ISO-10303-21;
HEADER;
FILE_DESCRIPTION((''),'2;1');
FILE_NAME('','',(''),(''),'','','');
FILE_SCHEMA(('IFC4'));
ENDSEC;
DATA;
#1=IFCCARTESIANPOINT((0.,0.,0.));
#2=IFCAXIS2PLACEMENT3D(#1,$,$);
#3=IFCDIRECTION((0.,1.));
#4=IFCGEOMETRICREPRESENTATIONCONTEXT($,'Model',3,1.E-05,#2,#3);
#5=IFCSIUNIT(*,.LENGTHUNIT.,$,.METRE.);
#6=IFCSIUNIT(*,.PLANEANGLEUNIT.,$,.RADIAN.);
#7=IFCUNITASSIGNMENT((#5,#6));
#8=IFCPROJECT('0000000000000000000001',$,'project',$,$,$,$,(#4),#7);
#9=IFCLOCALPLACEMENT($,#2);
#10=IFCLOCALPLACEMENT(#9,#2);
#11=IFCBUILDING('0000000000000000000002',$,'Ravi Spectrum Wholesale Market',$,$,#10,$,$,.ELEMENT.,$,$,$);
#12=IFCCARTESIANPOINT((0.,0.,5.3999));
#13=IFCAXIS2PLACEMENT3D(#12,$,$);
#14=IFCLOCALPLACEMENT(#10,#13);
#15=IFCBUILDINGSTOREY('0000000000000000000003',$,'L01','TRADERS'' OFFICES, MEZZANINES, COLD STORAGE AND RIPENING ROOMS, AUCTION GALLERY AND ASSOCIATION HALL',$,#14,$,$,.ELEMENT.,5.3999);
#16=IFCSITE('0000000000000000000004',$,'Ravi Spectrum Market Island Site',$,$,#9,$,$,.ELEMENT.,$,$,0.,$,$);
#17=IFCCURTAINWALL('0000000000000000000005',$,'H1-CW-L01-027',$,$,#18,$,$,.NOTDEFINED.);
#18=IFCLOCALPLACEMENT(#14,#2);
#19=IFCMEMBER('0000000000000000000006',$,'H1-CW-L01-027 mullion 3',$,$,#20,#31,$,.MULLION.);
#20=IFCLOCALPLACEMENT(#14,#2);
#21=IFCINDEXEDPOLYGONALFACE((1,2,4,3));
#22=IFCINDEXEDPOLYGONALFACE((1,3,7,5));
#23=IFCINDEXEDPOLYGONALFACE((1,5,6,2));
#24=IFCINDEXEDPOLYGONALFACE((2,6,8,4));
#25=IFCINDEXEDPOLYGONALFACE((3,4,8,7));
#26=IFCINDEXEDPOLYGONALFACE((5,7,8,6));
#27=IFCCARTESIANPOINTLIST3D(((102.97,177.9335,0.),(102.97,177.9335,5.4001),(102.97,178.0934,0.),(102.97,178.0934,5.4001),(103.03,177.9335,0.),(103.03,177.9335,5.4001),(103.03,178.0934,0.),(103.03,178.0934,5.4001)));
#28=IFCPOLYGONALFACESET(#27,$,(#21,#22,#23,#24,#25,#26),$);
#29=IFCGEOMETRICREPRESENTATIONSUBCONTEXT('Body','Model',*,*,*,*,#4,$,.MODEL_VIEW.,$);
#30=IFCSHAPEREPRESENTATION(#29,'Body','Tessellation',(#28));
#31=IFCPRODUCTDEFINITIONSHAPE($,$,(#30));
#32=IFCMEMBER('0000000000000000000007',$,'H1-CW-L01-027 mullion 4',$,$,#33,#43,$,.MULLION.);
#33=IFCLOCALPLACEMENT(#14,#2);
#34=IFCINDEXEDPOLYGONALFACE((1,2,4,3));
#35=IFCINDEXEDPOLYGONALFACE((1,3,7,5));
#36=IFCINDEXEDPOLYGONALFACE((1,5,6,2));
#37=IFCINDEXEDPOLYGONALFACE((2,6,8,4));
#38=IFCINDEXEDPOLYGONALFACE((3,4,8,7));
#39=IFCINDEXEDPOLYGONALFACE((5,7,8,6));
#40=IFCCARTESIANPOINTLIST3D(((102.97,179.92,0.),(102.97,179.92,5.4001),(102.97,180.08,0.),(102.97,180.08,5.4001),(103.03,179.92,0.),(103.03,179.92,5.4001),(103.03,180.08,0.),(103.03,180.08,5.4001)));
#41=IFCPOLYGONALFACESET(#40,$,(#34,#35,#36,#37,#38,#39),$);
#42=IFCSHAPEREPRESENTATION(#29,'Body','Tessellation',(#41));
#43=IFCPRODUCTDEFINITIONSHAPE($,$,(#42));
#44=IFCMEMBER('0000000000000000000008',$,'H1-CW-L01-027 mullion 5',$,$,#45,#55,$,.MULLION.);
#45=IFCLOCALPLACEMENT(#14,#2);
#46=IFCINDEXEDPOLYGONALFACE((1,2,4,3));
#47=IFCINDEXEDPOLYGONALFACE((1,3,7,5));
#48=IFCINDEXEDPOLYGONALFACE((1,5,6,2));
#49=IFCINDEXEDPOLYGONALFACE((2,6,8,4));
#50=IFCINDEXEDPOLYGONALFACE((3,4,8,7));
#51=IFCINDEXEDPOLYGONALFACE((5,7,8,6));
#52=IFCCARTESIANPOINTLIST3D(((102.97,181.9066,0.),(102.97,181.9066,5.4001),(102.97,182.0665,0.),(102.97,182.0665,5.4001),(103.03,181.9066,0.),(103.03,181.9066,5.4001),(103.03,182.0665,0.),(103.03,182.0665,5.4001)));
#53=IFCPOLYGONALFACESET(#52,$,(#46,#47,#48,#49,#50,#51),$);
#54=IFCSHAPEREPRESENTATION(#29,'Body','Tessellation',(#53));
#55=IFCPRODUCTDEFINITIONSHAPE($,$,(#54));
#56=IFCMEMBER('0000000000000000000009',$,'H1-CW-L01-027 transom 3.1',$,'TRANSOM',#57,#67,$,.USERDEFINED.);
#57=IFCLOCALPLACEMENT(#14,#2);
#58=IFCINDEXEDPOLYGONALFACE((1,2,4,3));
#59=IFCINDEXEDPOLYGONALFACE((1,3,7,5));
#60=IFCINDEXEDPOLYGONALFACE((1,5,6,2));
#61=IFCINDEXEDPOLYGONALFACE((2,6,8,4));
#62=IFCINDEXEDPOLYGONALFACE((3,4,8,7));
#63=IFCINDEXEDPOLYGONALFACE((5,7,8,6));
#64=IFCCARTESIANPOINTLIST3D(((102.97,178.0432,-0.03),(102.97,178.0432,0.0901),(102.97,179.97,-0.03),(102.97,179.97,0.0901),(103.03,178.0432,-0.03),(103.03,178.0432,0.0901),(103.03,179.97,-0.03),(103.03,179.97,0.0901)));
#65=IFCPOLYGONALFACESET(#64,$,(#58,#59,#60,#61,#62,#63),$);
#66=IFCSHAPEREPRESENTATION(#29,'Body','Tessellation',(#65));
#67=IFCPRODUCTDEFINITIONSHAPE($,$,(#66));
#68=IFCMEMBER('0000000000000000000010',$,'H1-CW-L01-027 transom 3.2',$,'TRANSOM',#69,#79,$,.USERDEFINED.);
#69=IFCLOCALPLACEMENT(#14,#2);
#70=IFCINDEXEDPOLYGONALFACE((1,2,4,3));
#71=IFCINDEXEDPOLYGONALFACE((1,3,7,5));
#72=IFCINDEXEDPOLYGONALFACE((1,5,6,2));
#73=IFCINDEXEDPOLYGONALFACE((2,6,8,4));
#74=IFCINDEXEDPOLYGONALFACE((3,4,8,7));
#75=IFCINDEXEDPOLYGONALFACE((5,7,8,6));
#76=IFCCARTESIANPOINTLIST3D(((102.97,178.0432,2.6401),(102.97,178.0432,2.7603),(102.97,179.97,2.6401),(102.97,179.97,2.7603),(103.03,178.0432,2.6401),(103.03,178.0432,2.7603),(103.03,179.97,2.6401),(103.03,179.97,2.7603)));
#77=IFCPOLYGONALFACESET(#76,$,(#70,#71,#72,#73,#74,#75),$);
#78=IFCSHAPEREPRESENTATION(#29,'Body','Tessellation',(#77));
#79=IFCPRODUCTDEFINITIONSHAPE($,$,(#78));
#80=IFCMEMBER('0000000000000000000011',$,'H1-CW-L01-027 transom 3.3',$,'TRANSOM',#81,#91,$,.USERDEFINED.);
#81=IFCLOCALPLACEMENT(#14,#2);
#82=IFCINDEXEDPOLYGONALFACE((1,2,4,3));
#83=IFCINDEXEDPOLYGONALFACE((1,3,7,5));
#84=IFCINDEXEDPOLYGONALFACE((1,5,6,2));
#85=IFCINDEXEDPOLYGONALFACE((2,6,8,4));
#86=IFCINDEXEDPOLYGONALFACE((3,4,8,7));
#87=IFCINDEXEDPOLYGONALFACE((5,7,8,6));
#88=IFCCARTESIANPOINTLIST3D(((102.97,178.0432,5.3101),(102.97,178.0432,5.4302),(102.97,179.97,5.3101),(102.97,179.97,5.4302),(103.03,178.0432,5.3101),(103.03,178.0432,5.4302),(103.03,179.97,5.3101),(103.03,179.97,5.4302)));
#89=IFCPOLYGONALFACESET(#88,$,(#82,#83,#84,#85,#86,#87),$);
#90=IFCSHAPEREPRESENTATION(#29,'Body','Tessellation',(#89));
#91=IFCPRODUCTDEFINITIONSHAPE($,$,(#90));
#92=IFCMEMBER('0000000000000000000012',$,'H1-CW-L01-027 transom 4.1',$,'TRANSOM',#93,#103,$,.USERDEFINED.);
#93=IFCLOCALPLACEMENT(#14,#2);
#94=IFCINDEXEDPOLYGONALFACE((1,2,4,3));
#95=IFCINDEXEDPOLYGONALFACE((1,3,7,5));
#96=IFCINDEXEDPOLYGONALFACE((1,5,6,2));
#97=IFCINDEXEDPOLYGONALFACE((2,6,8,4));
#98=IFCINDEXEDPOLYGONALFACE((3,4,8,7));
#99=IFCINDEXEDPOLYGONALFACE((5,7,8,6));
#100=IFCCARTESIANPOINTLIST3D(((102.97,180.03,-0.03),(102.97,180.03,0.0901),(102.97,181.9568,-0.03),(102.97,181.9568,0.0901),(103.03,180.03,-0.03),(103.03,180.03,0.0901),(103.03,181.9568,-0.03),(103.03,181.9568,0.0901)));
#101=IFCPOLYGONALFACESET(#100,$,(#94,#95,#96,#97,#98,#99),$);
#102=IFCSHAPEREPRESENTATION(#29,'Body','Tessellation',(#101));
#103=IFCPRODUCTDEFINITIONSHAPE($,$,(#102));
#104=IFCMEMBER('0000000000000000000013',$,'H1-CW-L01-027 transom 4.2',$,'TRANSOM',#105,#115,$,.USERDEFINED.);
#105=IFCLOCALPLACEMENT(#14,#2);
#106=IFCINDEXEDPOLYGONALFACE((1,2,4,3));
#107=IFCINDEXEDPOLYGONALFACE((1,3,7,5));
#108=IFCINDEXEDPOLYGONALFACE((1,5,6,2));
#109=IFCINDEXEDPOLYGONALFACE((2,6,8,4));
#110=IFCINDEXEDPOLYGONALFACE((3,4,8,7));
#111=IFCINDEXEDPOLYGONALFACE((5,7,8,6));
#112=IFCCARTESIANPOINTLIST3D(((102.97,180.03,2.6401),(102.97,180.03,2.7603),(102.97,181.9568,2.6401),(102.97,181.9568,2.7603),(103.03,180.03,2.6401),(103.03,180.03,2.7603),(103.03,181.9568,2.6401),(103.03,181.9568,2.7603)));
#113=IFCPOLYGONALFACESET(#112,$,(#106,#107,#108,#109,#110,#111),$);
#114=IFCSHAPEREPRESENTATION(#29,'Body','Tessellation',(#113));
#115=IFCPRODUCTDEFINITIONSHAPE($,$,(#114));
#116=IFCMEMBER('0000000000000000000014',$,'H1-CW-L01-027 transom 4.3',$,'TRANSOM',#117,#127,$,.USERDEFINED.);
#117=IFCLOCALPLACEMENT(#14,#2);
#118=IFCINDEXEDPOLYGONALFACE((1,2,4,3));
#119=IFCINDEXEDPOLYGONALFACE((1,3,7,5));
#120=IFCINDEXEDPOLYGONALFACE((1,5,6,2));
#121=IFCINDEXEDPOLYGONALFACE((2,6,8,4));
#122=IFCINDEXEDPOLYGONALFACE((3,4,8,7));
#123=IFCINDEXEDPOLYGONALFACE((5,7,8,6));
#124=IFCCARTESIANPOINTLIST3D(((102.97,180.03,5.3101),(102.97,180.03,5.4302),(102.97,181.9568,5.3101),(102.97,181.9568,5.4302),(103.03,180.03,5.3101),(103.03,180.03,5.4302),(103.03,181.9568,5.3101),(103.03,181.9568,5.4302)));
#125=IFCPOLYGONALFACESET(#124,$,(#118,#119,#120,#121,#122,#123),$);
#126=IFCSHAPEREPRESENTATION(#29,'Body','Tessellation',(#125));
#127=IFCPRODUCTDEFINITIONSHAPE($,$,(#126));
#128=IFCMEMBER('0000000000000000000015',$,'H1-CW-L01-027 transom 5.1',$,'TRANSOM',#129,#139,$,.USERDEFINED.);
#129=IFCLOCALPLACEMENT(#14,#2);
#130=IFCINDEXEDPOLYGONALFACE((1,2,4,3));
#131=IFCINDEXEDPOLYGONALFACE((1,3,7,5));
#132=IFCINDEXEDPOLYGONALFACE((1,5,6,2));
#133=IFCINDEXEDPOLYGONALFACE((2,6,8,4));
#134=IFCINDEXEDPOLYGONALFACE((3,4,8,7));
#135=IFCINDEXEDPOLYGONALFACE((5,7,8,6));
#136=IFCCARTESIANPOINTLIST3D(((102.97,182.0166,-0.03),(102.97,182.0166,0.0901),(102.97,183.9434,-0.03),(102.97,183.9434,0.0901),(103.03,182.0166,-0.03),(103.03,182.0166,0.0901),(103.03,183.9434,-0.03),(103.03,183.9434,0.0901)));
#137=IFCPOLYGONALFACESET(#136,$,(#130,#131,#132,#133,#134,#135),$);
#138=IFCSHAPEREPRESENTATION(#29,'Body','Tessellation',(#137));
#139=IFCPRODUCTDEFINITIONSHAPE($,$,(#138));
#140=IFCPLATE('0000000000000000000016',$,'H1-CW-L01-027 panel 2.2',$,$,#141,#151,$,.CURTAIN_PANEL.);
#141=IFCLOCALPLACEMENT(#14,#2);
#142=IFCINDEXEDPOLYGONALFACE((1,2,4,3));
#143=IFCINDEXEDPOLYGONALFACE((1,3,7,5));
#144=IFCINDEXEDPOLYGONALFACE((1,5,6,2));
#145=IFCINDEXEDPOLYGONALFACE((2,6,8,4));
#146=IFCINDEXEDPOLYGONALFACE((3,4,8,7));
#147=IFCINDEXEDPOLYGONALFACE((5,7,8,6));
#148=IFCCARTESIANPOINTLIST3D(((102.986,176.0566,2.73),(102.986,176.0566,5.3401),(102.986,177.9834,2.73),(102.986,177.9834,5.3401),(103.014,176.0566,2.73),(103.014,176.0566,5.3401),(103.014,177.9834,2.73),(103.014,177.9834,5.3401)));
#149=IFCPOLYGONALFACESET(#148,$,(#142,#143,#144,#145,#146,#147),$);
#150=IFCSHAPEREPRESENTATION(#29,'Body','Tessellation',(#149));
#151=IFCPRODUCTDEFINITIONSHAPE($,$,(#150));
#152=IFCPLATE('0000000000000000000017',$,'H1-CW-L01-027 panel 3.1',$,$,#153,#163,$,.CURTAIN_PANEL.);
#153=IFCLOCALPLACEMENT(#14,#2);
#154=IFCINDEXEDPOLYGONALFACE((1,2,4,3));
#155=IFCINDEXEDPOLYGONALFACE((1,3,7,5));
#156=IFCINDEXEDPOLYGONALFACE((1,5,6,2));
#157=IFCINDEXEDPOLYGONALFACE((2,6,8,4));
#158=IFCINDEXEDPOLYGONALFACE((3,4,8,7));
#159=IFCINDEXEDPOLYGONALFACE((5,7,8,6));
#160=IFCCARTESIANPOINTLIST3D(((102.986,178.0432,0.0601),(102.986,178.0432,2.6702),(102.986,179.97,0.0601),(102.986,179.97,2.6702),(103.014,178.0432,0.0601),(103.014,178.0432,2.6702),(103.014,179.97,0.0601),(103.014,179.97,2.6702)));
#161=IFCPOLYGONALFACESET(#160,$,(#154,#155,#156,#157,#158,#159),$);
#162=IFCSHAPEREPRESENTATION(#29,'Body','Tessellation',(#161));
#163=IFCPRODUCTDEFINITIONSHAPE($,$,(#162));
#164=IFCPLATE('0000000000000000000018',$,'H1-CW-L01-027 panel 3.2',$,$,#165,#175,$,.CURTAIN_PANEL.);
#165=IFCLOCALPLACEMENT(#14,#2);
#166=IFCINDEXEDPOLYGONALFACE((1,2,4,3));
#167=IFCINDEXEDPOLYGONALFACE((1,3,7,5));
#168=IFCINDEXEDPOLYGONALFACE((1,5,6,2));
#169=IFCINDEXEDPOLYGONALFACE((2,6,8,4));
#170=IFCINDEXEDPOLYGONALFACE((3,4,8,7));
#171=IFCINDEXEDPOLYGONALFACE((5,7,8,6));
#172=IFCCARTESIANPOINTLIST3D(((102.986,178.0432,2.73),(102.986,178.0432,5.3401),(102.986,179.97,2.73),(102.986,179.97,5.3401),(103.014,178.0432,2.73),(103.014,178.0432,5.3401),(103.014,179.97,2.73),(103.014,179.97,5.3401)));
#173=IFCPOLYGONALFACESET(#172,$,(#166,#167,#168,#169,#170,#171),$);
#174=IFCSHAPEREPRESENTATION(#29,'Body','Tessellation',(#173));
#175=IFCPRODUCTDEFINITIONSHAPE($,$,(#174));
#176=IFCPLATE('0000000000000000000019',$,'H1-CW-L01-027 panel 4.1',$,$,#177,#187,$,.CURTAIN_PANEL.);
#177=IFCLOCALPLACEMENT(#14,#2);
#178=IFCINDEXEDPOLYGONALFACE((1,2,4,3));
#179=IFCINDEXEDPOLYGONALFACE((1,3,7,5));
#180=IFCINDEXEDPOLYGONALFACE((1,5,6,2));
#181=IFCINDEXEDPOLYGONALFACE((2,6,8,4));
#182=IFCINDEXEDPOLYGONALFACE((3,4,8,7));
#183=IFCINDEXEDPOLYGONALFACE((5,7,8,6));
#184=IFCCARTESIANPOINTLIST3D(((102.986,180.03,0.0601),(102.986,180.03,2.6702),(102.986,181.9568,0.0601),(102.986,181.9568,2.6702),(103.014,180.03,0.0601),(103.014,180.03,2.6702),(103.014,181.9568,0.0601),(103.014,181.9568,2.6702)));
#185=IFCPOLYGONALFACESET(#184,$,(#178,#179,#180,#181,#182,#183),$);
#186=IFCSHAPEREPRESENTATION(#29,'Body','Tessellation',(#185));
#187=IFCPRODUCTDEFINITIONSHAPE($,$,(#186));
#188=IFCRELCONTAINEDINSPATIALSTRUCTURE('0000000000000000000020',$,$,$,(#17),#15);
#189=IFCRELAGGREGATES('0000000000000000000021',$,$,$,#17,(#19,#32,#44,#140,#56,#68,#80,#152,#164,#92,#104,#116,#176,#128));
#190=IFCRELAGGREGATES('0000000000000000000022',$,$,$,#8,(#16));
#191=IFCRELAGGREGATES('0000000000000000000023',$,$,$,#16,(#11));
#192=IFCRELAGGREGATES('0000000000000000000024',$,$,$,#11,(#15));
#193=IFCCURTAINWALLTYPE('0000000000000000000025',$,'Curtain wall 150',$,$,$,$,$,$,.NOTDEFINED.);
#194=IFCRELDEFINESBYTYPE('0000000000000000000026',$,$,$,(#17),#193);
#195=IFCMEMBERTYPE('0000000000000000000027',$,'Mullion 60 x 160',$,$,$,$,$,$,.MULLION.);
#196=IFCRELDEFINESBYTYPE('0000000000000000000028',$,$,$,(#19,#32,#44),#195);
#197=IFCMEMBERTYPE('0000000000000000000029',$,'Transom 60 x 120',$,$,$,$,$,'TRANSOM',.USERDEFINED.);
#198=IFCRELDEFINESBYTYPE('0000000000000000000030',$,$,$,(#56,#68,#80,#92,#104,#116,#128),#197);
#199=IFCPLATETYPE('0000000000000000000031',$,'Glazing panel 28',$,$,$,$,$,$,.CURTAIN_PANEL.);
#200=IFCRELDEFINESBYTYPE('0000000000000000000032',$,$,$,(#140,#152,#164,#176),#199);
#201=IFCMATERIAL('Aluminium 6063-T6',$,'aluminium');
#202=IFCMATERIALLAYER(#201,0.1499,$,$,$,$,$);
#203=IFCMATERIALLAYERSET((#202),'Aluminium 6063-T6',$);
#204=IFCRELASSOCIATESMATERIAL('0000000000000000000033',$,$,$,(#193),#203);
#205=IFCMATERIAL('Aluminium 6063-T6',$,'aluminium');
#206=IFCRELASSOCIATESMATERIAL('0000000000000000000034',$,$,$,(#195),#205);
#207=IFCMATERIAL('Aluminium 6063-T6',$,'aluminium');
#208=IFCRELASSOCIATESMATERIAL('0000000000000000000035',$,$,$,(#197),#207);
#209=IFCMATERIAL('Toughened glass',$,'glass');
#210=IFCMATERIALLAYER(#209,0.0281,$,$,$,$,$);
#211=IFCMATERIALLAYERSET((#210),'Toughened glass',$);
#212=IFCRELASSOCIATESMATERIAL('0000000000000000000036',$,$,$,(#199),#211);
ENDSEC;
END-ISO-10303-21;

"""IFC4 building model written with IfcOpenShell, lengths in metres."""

from ifc_helpers import new_model, si_unit, direction, frame, origin, origin_2d, place, context, subcontext, project, spatial, rectangle, extrude, material, layer, layer_set, material_profile, profile_set, type_object, element, aggregate, save


model = new_model("IFC4")

# Units and contexts
model_context = context("Model", 3, precision=1e-05, world=origin(), true_north=direction((0.0, 1.0)))
body_context = subcontext(model_context, "Body", "Model", "MODEL_VIEW")
ifc_project = project(units=[si_unit("LENGTHUNIT", "METRE"), si_unit("PLANEANGLEUNIT", "RADIAN")], contexts=[model_context])

# Site, building, storey
site_placement = place(None, origin())
site = spatial("IfcSite", under=ifc_project, at=site_placement, Name="Ravi Spectrum Market Island Site", CompositionType="ELEMENT", RefElevation=0.0)
building_placement = place(site_placement, origin())
building = spatial("IfcBuilding", under=site, at=building_placement, Name="Ravi Spectrum Wholesale Market", CompositionType="ELEMENT")
storey_placement = place(building_placement, frame((0.0, 0.0, 5.3999)))
storey = spatial("IfcBuildingStorey", under=building, at=storey_placement, Name="L01", Description="TRADERS' OFFICES, MEZZANINES, COLD STORAGE AND RIPENING ROOMS, AUCTION GALLERY AND ASSOCIATION HALL", CompositionType="ELEMENT", Elevation=5.3999)

# Curtain wall, members, plates
ifc_material_1 = material(Name="Aluminium 6063-T6", Category="aluminium")
ifc_layer_1 = layer(ifc_material_1, 0.1499)
ifc_layer_set_1 = layer_set([ifc_layer_1], Name="Aluminium 6063-T6")
curtain_wall_type = type_object("IfcCurtainWallType", Name="Curtain wall 150", PredefinedType="NOTDEFINED", material=ifc_layer_set_1)
curtain_wall_placement = place(storey_placement, origin())
curtain_wall = element("IfcCurtainWall", 1, at=curtain_wall_placement, inside=storey, type_object=curtain_wall_type, Name="H1-CW-L01-027", PredefinedType="NOTDEFINED")
ifc_material_2 = material(Name="Aluminium 6063-T6", Category="aluminium")
ifc_material_profile_1 = material_profile(ifc_material_2, rectangle(XDim=0.0601, YDim=0.1599, at=origin_2d()))
ifc_profile_set_1 = profile_set([ifc_material_profile_1], Name="Aluminium 6063-T6")
member_type_1 = type_object("IfcMemberType", Name="Mullion 60 x 160", PredefinedType="MULLION", material=ifc_profile_set_1)
member_1_placement = place(storey_placement, frame((103.0, 178.0134, 0.0), z_axis=(0.0, 0.0, 1.0), x_axis=(-1.0, 0.0, 0.0)))
member_1 = element("IfcMember", 2, at=member_1_placement, type_object=member_type_1, Name="H1-CW-L01-027 mullion 3", PredefinedType="MULLION", context=body_context, shape_type="SweptSolid", body=[
    extrude(rectangle(XDim=0.0601, YDim=0.1599, at=origin_2d()), origin(), (0.0, 0.0, 1.0), 5.4001),
])
member_2_placement = place(storey_placement, frame((103.0, 180.0, 0.0), z_axis=(0.0, 0.0, 1.0), x_axis=(-1.0, 0.0, 0.0)))
member_2 = element("IfcMember", 3, at=member_2_placement, type_object=member_type_1, Name="H1-CW-L01-027 mullion 4", PredefinedType="MULLION", context=body_context, shape_type="SweptSolid", body=[
    extrude(rectangle(XDim=0.0601, YDim=0.1599, at=origin_2d()), origin(), (0.0, 0.0, 1.0), 5.4001),
])
member_3_placement = place(storey_placement, frame((103.0, 181.9866, 0.0), z_axis=(0.0, 0.0, 1.0), x_axis=(-1.0, 0.0, 0.0)))
member_3 = element("IfcMember", 4, at=member_3_placement, type_object=member_type_1, Name="H1-CW-L01-027 mullion 5", PredefinedType="MULLION", context=body_context, shape_type="SweptSolid", body=[
    extrude(rectangle(XDim=0.0601, YDim=0.1599, at=origin_2d()), origin(), (0.0, 0.0, 1.0), 5.4001),
])
ifc_material_3 = material(Name="Aluminium 6063-T6", Category="aluminium")
ifc_material_profile_2 = material_profile(ifc_material_3, rectangle(XDim=0.0601, YDim=0.1201, at=origin_2d()))
ifc_profile_set_2 = profile_set([ifc_material_profile_2], Name="Aluminium 6063-T6")
member_type_2 = type_object("IfcMemberType", Name="Transom 60 x 120", ElementType="TRANSOM", PredefinedType="USERDEFINED", material=ifc_profile_set_2)
member_4_placement = place(storey_placement, frame((103.0, 178.0432, 0.03), z_axis=(0.0, 1.0, 0.0), x_axis=(-1.0, 0.0, 0.0)))
member_4 = element("IfcMember", 5, at=member_4_placement, type_object=member_type_2, Name="H1-CW-L01-027 transom 3.1", ObjectType="TRANSOM", PredefinedType="USERDEFINED", context=body_context, shape_type="SweptSolid", body=[
    extrude(rectangle(XDim=0.0601, YDim=0.1201, at=origin_2d()), origin(), (0.0, 0.0, 1.0), 1.9268),
])
member_5_placement = place(storey_placement, frame((103.0, 178.0432, 2.7002), z_axis=(0.0, 1.0, 0.0), x_axis=(-1.0, 0.0, 0.0)))
member_5 = element("IfcMember", 6, at=member_5_placement, type_object=member_type_2, Name="H1-CW-L01-027 transom 3.2", ObjectType="TRANSOM", PredefinedType="USERDEFINED", context=body_context, shape_type="SweptSolid", body=[
    extrude(rectangle(XDim=0.0601, YDim=0.1201, at=origin_2d()), origin(), (0.0, 0.0, 1.0), 1.9268),
])
member_6_placement = place(storey_placement, frame((103.0, 178.0432, 5.3701), z_axis=(0.0, 1.0, 0.0), x_axis=(-1.0, 0.0, 0.0)))
member_6 = element("IfcMember", 7, at=member_6_placement, type_object=member_type_2, Name="H1-CW-L01-027 transom 3.3", ObjectType="TRANSOM", PredefinedType="USERDEFINED", context=body_context, shape_type="SweptSolid", body=[
    extrude(rectangle(XDim=0.0601, YDim=0.1201, at=origin_2d()), origin(), (0.0, 0.0, 1.0), 1.9268),
])
member_7_placement = place(storey_placement, frame((103.0, 180.03, 0.03), z_axis=(0.0, 1.0, 0.0), x_axis=(-1.0, 0.0, 0.0)))
member_7 = element("IfcMember", 8, at=member_7_placement, type_object=member_type_2, Name="H1-CW-L01-027 transom 4.1", ObjectType="TRANSOM", PredefinedType="USERDEFINED", context=body_context, shape_type="SweptSolid", body=[
    extrude(rectangle(XDim=0.0601, YDim=0.1201, at=origin_2d()), origin(), (0.0, 0.0, 1.0), 1.9268),
])
member_8_placement = place(storey_placement, frame((103.0, 180.03, 2.7002), z_axis=(0.0, 1.0, 0.0), x_axis=(-1.0, 0.0, 0.0)))
member_8 = element("IfcMember", 9, at=member_8_placement, type_object=member_type_2, Name="H1-CW-L01-027 transom 4.2", ObjectType="TRANSOM", PredefinedType="USERDEFINED", context=body_context, shape_type="SweptSolid", body=[
    extrude(rectangle(XDim=0.0601, YDim=0.1201, at=origin_2d()), origin(), (0.0, 0.0, 1.0), 1.9268),
])
member_9_placement = place(storey_placement, frame((103.0, 180.03, 5.3701), z_axis=(0.0, 1.0, 0.0), x_axis=(-1.0, 0.0, 0.0)))
member_9 = element("IfcMember", 10, at=member_9_placement, type_object=member_type_2, Name="H1-CW-L01-027 transom 4.3", ObjectType="TRANSOM", PredefinedType="USERDEFINED", context=body_context, shape_type="SweptSolid", body=[
    extrude(rectangle(XDim=0.0601, YDim=0.1201, at=origin_2d()), origin(), (0.0, 0.0, 1.0), 1.9268),
])
member_10_placement = place(storey_placement, frame((103.0, 182.0166, 0.03), z_axis=(0.0, 1.0, 0.0), x_axis=(-1.0, 0.0, 0.0)))
member_10 = element("IfcMember", 11, at=member_10_placement, type_object=member_type_2, Name="H1-CW-L01-027 transom 5.1", ObjectType="TRANSOM", PredefinedType="USERDEFINED", context=body_context, shape_type="SweptSolid", body=[
    extrude(rectangle(XDim=0.0601, YDim=0.1201, at=origin_2d()), origin(), (0.0, 0.0, 1.0), 1.9268),
])
ifc_material_4 = material(Name="Toughened glass", Category="glass")
ifc_layer_2 = layer(ifc_material_4, 0.0281)
ifc_layer_set_2 = layer_set([ifc_layer_2], Name="Toughened glass")
plate_type = type_object("IfcPlateType", Name="Glazing panel 28", PredefinedType="CURTAIN_PANEL", material=ifc_layer_set_2)
plate_1_placement = place(storey_placement, frame((103.0, 177.02, 2.73), z_axis=(0.0, 0.0, 1.0), x_axis=(0.0, 1.0, 0.0)))
plate_1 = element("IfcPlate", 12, at=plate_1_placement, type_object=plate_type, Name="H1-CW-L01-027 panel 2.2", PredefinedType="CURTAIN_PANEL", context=body_context, shape_type="SweptSolid", body=[
    extrude(rectangle(XDim=1.9268, YDim=0.0281, at=origin_2d()), origin(), (0.0, 0.0, 1.0), 2.6101),
])
plate_2_placement = place(storey_placement, frame((103.0, 179.0066, 0.0601), z_axis=(0.0, 0.0, 1.0), x_axis=(0.0, 1.0, 0.0)))
plate_2 = element("IfcPlate", 13, at=plate_2_placement, type_object=plate_type, Name="H1-CW-L01-027 panel 3.1", PredefinedType="CURTAIN_PANEL", context=body_context, shape_type="SweptSolid", body=[
    extrude(rectangle(XDim=1.9268, YDim=0.0281, at=origin_2d()), origin(), (0.0, 0.0, 1.0), 2.6101),
])
plate_3_placement = place(storey_placement, frame((103.0, 179.0066, 2.73), z_axis=(0.0, 0.0, 1.0), x_axis=(0.0, 1.0, 0.0)))
plate_3 = element("IfcPlate", 14, at=plate_3_placement, type_object=plate_type, Name="H1-CW-L01-027 panel 3.2", PredefinedType="CURTAIN_PANEL", context=body_context, shape_type="SweptSolid", body=[
    extrude(rectangle(XDim=1.9268, YDim=0.0281, at=origin_2d()), origin(), (0.0, 0.0, 1.0), 2.6101),
])
plate_4_placement = place(storey_placement, frame((103.0, 180.9934, 0.0601), z_axis=(0.0, 0.0, 1.0), x_axis=(0.0, 1.0, 0.0)))
plate_4 = element("IfcPlate", 15, at=plate_4_placement, type_object=plate_type, Name="H1-CW-L01-027 panel 4.1", PredefinedType="CURTAIN_PANEL", context=body_context, shape_type="SweptSolid", body=[
    extrude(rectangle(XDim=1.9268, YDim=0.0281, at=origin_2d()), origin(), (0.0, 0.0, 1.0), 2.6101),
])
aggregate(curtain_wall, [member_1, member_2, member_3, plate_1, member_4, member_5, member_6, plate_2, plate_3, member_7, member_8, member_9, plate_4, member_10])

save(model, "model.ifc")
